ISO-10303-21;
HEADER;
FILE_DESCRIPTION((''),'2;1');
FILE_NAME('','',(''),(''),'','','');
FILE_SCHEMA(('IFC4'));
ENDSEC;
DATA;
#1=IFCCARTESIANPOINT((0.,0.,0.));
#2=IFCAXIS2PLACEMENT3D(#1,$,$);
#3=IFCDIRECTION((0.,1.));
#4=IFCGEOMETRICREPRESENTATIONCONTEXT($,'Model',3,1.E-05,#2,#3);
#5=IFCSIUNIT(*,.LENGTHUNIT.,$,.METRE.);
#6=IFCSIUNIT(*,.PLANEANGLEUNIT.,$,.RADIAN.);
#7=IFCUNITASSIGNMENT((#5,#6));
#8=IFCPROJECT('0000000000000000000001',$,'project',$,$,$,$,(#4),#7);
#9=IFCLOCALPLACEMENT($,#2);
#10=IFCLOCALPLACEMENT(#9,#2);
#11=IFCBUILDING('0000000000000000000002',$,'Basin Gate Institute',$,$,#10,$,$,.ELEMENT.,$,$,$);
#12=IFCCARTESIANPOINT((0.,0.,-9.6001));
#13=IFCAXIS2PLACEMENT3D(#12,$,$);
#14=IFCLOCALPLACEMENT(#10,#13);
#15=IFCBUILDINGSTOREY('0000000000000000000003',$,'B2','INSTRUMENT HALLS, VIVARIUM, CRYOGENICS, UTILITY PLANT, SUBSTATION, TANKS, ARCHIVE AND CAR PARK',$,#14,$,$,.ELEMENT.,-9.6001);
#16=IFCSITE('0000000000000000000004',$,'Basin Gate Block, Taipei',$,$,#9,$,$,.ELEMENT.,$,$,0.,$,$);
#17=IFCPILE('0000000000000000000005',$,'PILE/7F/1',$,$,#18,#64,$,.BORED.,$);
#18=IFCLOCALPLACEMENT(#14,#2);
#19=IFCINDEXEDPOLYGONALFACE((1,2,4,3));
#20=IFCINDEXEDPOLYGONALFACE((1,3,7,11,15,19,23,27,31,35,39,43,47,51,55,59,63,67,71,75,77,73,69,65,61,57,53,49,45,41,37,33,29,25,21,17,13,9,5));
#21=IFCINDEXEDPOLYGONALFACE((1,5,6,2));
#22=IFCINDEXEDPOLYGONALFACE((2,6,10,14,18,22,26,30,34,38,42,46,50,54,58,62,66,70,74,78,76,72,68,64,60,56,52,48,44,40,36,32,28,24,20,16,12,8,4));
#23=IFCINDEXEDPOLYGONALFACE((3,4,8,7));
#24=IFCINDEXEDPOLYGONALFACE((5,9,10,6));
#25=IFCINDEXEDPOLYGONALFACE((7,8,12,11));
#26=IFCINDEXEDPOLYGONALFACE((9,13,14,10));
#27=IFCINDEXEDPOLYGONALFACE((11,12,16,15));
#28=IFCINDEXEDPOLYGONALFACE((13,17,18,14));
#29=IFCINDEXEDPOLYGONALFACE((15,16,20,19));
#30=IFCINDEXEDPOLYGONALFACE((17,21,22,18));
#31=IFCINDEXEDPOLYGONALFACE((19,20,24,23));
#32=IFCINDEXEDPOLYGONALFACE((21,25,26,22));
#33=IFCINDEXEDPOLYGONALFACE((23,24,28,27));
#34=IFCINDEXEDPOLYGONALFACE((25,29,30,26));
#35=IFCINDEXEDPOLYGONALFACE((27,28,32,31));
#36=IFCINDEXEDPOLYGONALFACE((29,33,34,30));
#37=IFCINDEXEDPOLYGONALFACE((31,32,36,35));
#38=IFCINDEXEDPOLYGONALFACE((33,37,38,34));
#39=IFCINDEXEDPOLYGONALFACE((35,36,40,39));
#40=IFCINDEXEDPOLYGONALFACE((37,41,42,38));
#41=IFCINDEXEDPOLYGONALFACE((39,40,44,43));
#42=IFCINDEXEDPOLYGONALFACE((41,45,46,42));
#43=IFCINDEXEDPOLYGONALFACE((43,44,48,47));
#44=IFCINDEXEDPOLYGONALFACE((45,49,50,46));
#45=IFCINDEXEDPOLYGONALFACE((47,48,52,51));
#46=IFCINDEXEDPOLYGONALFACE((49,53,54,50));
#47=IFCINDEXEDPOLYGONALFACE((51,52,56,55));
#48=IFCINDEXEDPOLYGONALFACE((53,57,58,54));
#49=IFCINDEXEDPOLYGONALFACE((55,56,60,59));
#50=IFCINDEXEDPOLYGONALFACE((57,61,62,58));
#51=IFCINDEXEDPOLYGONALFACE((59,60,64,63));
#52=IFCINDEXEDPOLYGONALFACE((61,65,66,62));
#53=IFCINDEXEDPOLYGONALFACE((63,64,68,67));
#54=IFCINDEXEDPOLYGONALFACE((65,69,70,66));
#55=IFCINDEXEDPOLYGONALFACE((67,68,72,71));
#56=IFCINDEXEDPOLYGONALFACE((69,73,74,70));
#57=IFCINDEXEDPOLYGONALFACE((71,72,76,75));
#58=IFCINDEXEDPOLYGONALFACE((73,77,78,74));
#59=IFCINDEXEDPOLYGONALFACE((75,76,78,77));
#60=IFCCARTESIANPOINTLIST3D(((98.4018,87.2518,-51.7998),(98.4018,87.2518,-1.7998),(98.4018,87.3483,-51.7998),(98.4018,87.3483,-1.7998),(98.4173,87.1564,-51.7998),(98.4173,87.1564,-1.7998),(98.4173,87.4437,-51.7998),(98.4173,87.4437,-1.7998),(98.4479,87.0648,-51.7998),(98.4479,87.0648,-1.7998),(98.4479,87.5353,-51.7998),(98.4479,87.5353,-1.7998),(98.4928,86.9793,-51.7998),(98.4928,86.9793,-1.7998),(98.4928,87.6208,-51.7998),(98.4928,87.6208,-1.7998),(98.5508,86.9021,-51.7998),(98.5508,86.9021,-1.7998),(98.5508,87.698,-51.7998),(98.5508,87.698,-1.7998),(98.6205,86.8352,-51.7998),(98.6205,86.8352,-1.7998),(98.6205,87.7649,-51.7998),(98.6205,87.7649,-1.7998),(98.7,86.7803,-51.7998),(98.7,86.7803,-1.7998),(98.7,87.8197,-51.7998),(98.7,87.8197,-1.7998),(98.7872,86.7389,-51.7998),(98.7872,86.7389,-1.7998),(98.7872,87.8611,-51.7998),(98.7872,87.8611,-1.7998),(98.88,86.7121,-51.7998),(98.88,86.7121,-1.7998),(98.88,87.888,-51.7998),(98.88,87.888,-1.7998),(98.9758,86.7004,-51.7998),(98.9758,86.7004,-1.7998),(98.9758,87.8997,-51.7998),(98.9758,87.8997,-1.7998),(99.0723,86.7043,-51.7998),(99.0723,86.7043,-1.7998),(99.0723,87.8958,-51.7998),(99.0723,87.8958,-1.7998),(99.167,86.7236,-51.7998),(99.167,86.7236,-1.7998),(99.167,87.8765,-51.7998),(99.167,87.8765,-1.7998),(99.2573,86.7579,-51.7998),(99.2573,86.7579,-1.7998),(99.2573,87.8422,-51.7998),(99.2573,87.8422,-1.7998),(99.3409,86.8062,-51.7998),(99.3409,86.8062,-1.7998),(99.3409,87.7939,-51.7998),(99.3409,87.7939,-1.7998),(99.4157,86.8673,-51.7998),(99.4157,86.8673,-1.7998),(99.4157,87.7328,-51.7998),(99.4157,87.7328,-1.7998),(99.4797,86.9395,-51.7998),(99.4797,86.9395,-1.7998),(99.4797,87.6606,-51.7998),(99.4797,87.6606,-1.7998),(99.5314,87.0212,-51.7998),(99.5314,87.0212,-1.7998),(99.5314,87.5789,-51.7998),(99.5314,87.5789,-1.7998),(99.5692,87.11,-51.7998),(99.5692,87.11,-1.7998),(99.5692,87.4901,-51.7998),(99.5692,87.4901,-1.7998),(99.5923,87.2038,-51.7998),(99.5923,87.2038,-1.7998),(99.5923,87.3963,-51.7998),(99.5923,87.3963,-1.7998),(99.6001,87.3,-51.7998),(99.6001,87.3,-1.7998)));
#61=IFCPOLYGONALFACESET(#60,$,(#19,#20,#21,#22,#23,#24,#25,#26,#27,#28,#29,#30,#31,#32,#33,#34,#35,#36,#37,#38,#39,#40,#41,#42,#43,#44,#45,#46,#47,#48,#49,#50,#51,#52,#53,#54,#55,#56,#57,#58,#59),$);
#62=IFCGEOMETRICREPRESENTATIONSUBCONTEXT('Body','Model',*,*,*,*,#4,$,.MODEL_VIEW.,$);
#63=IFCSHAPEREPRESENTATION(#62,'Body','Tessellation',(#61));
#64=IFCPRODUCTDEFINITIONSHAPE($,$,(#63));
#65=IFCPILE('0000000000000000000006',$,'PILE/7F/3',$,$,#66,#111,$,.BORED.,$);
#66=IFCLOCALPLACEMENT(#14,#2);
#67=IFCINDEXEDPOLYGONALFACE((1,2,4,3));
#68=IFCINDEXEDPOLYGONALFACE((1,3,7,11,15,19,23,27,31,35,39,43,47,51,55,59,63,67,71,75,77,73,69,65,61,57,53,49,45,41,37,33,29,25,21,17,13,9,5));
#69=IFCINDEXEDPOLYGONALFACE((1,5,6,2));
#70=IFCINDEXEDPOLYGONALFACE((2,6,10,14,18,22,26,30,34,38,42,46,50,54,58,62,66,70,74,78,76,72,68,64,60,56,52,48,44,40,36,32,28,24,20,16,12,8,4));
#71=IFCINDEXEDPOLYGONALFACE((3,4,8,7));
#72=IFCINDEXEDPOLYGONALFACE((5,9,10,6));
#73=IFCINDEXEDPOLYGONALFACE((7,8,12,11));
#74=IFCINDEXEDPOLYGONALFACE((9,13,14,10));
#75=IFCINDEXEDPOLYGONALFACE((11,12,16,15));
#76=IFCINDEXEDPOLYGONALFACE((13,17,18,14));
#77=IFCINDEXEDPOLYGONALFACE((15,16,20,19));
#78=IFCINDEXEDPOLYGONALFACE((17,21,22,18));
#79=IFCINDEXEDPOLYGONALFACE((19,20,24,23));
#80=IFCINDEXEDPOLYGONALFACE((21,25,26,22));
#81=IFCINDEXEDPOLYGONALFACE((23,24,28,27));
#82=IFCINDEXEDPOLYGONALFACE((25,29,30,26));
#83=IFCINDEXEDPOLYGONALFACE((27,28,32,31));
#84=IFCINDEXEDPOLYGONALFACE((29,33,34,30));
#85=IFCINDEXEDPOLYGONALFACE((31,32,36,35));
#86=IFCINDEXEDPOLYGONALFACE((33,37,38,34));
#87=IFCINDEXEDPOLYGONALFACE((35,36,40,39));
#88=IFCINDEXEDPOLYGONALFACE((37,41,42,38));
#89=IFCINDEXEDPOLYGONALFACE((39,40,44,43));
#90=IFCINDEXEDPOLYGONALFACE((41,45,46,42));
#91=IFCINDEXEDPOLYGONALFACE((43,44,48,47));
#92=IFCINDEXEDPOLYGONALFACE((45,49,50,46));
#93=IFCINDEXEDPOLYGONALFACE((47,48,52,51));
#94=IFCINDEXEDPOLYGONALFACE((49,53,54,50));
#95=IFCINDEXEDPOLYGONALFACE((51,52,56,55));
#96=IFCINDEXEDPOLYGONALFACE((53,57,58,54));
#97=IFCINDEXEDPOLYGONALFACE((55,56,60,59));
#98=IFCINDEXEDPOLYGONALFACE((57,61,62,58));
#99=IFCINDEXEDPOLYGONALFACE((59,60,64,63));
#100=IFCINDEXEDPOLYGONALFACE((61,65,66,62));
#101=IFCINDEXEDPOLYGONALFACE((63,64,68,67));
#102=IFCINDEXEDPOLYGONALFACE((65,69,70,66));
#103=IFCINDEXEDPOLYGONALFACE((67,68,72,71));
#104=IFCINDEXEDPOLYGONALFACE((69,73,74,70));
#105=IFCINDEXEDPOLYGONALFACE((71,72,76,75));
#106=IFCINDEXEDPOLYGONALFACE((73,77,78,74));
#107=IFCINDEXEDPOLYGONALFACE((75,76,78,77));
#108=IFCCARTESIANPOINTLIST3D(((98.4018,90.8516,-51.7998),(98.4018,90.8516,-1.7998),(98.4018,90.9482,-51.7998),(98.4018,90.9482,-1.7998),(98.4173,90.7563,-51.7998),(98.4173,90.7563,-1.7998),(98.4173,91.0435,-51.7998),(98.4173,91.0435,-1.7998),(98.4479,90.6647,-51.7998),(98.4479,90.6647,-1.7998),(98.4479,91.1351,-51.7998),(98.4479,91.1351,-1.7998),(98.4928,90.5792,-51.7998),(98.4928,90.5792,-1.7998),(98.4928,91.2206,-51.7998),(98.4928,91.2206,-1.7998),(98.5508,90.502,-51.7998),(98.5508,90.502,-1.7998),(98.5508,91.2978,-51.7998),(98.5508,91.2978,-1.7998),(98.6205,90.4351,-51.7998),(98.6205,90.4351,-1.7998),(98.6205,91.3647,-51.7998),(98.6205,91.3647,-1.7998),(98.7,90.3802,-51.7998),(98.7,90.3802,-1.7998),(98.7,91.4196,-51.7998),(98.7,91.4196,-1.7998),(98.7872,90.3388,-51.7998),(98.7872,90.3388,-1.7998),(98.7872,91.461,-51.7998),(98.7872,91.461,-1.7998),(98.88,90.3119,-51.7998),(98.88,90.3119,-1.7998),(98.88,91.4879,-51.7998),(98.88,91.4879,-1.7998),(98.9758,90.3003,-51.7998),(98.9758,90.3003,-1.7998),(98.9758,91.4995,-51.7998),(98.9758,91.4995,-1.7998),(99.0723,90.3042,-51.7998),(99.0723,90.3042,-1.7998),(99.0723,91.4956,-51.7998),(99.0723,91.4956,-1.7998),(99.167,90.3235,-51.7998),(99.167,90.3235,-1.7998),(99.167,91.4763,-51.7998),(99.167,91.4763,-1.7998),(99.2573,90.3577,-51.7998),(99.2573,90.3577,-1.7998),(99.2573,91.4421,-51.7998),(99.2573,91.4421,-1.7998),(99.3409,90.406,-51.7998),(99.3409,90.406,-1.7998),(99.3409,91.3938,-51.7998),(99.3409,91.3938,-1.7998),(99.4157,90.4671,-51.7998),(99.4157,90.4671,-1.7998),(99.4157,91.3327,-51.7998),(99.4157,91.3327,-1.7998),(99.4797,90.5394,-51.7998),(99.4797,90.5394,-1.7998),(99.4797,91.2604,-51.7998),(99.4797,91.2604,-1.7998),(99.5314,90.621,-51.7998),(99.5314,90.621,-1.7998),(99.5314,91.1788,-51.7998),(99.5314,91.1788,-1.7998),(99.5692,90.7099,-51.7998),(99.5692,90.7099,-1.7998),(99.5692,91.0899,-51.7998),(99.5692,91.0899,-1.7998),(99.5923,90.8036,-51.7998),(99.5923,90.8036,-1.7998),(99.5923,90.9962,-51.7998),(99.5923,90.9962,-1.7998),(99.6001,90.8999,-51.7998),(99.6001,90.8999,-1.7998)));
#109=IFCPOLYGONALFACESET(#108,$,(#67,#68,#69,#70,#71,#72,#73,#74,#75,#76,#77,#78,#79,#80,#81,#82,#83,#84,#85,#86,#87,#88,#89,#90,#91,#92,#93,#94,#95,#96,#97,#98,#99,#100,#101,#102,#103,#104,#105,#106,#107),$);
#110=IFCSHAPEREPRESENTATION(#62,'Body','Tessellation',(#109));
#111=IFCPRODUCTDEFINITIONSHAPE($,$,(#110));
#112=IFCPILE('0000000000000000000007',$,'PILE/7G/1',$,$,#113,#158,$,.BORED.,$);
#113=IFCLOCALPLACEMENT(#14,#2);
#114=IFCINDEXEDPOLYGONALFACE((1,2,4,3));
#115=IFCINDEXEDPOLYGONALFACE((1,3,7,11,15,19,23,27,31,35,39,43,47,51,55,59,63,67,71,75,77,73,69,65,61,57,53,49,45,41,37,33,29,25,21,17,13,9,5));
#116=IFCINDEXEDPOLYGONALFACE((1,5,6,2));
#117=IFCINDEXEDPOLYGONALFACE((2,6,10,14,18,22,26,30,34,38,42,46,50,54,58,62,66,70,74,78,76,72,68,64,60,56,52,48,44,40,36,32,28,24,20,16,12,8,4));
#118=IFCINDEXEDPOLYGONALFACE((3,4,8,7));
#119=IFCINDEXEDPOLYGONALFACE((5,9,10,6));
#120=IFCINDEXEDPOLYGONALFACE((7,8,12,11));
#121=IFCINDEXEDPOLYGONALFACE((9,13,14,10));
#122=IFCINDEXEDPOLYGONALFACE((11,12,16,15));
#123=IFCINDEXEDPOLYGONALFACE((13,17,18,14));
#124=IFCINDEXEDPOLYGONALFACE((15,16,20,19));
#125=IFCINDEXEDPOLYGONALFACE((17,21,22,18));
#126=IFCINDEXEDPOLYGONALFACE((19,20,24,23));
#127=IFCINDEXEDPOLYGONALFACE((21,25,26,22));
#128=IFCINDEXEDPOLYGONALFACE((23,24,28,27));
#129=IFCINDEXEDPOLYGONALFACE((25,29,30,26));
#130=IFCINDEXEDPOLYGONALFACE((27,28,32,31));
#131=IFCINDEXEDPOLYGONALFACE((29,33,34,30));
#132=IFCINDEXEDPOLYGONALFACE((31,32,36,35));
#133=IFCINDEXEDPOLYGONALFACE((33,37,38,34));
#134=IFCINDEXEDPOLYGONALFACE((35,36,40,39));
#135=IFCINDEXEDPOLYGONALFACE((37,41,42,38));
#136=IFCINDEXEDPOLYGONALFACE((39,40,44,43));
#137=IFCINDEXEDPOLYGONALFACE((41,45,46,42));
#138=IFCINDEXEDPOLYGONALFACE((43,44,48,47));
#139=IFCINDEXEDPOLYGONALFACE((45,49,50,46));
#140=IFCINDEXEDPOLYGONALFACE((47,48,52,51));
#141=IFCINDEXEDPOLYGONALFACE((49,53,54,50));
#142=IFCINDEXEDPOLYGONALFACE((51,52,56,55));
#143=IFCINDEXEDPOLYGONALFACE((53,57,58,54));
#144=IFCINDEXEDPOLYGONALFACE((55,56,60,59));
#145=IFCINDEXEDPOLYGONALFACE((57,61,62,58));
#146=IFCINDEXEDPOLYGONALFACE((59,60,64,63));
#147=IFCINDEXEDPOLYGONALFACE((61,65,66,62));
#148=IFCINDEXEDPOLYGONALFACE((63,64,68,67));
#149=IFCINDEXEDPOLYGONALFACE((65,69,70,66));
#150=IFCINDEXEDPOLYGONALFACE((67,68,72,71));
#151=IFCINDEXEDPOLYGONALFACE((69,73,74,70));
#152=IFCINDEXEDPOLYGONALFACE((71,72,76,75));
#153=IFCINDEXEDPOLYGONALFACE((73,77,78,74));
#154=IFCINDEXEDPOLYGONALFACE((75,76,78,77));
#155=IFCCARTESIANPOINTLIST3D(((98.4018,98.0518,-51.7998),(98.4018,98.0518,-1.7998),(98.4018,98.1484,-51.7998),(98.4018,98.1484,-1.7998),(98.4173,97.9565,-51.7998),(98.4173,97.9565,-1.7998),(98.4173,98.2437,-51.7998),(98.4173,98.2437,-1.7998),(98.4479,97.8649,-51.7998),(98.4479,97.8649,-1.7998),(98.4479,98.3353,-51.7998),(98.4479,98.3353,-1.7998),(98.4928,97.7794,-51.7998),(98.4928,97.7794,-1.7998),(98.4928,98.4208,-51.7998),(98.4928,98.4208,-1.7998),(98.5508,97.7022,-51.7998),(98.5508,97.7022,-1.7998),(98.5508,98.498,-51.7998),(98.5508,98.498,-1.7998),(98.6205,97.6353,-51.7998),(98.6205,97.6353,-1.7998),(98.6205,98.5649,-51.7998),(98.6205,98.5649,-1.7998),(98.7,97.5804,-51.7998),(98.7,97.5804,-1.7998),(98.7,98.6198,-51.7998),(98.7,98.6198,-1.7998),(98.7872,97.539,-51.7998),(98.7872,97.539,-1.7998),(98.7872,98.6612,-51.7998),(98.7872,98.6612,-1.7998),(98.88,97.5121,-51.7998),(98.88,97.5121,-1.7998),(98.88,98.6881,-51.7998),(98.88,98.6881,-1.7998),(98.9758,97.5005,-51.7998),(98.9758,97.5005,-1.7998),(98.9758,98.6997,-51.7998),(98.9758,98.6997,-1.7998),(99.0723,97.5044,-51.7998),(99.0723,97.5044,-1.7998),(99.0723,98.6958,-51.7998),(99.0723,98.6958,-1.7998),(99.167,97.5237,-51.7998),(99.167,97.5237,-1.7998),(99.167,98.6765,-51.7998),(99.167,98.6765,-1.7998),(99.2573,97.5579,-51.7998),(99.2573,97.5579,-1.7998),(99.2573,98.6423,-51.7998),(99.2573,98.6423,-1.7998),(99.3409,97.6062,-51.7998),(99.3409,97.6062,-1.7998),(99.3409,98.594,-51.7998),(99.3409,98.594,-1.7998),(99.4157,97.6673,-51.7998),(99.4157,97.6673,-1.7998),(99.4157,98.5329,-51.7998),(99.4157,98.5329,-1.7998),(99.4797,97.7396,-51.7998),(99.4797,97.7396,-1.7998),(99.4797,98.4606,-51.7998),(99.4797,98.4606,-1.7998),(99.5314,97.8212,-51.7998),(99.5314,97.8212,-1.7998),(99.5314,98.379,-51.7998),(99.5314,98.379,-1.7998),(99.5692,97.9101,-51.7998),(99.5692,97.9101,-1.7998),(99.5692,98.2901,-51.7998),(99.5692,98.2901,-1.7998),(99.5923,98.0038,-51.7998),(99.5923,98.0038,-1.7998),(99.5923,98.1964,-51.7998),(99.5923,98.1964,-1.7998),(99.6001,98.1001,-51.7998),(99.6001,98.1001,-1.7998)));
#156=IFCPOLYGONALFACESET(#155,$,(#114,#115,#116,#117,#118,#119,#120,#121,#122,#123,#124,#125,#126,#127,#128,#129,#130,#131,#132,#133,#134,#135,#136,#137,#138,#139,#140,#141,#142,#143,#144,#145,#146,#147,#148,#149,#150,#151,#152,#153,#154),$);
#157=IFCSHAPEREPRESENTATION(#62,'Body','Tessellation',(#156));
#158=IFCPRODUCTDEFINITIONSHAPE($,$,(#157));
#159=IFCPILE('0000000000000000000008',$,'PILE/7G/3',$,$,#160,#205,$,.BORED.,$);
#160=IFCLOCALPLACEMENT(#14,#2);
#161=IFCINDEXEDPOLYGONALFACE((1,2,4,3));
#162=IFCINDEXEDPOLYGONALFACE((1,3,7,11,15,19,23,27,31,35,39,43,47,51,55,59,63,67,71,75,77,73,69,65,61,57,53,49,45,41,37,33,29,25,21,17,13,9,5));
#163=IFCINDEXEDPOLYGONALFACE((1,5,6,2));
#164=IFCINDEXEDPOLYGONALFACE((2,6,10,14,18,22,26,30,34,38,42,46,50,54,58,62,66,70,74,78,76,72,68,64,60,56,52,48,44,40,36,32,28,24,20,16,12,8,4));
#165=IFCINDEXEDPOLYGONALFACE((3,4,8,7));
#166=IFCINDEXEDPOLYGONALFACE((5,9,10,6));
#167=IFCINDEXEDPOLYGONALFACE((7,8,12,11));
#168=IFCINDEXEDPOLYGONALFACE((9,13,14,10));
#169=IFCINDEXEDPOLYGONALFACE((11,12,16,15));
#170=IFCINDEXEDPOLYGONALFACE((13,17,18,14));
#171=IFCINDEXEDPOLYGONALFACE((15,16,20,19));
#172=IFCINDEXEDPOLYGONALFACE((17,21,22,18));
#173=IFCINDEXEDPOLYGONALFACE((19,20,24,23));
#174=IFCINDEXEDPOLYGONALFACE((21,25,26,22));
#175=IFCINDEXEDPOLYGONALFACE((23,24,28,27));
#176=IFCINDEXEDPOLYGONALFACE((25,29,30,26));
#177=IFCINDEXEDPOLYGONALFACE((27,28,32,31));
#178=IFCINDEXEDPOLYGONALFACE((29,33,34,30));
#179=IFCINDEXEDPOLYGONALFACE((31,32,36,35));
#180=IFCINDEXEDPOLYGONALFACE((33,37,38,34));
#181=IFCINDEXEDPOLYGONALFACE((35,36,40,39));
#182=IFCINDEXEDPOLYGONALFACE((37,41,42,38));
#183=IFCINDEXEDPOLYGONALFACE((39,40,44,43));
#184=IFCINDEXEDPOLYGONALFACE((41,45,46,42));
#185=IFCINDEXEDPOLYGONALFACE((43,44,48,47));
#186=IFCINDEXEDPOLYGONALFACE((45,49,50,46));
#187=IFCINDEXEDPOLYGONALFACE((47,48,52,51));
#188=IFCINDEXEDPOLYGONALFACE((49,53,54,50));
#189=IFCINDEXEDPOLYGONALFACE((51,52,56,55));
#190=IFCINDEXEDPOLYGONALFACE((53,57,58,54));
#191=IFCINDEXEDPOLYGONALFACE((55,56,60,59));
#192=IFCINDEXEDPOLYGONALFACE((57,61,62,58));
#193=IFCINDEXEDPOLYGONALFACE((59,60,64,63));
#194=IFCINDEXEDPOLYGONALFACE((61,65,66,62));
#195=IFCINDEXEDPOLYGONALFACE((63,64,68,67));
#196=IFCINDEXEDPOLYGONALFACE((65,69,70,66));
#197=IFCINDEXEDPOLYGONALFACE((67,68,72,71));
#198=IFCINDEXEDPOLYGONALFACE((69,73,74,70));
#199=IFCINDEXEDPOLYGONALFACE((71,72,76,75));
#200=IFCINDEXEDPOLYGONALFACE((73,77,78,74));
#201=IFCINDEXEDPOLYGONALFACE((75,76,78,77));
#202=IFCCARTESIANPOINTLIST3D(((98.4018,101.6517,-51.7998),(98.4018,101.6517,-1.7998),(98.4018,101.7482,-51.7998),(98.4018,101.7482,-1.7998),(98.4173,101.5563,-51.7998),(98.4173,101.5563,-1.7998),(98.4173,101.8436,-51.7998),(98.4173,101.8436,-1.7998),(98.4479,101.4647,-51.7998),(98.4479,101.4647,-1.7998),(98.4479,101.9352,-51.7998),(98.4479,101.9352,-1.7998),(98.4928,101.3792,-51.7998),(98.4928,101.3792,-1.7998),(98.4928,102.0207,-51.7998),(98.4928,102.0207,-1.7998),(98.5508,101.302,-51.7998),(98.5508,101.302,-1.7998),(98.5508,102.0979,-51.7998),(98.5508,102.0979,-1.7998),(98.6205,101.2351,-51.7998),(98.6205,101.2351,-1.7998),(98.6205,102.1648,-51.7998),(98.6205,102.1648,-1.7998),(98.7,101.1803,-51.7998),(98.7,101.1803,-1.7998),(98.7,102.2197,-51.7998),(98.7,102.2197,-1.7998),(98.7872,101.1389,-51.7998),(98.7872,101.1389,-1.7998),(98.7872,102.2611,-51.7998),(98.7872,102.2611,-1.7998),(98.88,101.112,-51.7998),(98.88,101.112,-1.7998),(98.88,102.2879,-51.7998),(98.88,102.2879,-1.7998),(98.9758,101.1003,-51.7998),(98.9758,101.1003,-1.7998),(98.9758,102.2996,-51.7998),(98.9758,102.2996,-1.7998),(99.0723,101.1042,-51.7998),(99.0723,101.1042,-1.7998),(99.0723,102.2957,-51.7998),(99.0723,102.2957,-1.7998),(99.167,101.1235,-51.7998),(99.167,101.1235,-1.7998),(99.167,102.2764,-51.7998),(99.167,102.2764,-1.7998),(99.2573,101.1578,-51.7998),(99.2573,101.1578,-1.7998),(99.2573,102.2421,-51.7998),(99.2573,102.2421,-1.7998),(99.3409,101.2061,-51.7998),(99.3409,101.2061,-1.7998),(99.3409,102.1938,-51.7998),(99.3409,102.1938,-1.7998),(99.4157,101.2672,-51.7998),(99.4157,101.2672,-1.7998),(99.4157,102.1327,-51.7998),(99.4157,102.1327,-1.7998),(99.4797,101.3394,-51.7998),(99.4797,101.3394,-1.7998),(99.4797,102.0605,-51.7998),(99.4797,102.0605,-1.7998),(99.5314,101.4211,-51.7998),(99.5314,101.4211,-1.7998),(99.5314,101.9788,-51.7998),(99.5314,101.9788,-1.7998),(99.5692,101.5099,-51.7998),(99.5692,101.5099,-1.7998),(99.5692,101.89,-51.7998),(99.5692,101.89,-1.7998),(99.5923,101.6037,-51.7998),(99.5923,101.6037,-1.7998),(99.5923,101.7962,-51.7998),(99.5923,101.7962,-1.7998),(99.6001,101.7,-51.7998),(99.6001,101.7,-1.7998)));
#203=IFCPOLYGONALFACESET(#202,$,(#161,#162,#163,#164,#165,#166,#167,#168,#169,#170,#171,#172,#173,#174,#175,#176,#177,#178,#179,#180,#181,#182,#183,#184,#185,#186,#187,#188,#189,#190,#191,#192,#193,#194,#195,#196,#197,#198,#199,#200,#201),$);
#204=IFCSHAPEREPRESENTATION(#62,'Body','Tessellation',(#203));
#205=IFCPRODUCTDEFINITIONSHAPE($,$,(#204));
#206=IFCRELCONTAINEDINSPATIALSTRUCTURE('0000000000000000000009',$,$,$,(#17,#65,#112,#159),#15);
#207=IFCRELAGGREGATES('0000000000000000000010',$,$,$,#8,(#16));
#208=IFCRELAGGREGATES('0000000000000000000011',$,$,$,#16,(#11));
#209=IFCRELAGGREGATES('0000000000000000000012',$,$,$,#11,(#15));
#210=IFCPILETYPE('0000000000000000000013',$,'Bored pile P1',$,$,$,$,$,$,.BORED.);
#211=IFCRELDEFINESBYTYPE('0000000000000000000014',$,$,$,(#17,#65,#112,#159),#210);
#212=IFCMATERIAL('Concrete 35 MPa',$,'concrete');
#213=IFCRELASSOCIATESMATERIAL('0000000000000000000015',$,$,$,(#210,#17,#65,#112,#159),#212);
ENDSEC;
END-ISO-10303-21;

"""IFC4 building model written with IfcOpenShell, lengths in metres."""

from ifc_helpers import new_model, si_unit, direction, frame, origin, origin_2d, place, context, subcontext, project, spatial, circle, extrude, material, material_profile, profile_set, type_object, element, save


model = new_model("IFC4")

# Units and contexts
model_context = context("Model", 3, precision=1e-05, world=origin(), true_north=direction((0.0, 1.0)))
body_context = subcontext(model_context, "Body", "Model", "MODEL_VIEW")
ifc_project = project(units=[si_unit("LENGTHUNIT", "METRE"), si_unit("PLANEANGLEUNIT", "RADIAN")], contexts=[model_context])

# Site, building, storey
site_placement = place(None, origin())
site = spatial("IfcSite", under=ifc_project, at=site_placement, Name="Basin Gate Block, Taipei", CompositionType="ELEMENT", RefElevation=0.0)
building_placement = place(site_placement, origin())
building = spatial("IfcBuilding", under=site, at=building_placement, Name="Basin Gate Institute", CompositionType="ELEMENT")
storey_placement = place(building_placement, frame((0.0, 0.0, -9.6001)))
storey = spatial("IfcBuildingStorey", under=building, at=storey_placement, Name="B2", Description="INSTRUMENT HALLS, VIVARIUM, CRYOGENICS, UTILITY PLANT, SUBSTATION, TANKS, ARCHIVE AND CAR PARK", CompositionType="ELEMENT", Elevation=-9.6001)

# Piles
ifc_material_1 = material(Name="Concrete 35 MPa", Category="concrete")
ifc_material_profile_1 = material_profile(ifc_material_1, circle(Radius=0.6001, at=origin_2d()), Name="Bored pile P1 1200 dia")
ifc_profile_set_1 = profile_set([ifc_material_profile_1], Name="Concrete 35 MPa")
pile_type = type_object("IfcPileType", Name="Bored pile P1", PredefinedType="BORED", material=ifc_profile_set_1)
for number, where, z_axis, x_axis, name in (
    (1, (99.0, 87.3, -1.7998), (0.0, 0.0, -1.0), (1.0, 0.0, 0.0), "PILE/7F/1"),
    (2, (99.0, 90.8999, -1.7998), (0.0, 0.0, -1.0), (1.0, 0.0, 0.0), "PILE/7F/3"),
    (3, (99.0, 98.1001, -1.7998), (0.0, 0.0, -1.0), (1.0, 0.0, 0.0), "PILE/7G/1"),
    (4, (99.0, 101.7, -1.7998), (0.0, 0.0, -1.0), (1.0, 0.0, 0.0), "PILE/7G/3"),
):
    element("IfcPile", number, at=place(storey_placement, frame(where, z_axis=z_axis, x_axis=x_axis)), inside=storey, type_object=pile_type, material=ifc_profile_set_1, Name=name, PredefinedType="BORED", context=body_context, shape_type="SweptSolid", body=[
        extrude(circle(Radius=0.6001, at=origin_2d()), origin(), (0.0, 0.0, 1.0), 50.0),
    ])

save(model, "model.ifc")
